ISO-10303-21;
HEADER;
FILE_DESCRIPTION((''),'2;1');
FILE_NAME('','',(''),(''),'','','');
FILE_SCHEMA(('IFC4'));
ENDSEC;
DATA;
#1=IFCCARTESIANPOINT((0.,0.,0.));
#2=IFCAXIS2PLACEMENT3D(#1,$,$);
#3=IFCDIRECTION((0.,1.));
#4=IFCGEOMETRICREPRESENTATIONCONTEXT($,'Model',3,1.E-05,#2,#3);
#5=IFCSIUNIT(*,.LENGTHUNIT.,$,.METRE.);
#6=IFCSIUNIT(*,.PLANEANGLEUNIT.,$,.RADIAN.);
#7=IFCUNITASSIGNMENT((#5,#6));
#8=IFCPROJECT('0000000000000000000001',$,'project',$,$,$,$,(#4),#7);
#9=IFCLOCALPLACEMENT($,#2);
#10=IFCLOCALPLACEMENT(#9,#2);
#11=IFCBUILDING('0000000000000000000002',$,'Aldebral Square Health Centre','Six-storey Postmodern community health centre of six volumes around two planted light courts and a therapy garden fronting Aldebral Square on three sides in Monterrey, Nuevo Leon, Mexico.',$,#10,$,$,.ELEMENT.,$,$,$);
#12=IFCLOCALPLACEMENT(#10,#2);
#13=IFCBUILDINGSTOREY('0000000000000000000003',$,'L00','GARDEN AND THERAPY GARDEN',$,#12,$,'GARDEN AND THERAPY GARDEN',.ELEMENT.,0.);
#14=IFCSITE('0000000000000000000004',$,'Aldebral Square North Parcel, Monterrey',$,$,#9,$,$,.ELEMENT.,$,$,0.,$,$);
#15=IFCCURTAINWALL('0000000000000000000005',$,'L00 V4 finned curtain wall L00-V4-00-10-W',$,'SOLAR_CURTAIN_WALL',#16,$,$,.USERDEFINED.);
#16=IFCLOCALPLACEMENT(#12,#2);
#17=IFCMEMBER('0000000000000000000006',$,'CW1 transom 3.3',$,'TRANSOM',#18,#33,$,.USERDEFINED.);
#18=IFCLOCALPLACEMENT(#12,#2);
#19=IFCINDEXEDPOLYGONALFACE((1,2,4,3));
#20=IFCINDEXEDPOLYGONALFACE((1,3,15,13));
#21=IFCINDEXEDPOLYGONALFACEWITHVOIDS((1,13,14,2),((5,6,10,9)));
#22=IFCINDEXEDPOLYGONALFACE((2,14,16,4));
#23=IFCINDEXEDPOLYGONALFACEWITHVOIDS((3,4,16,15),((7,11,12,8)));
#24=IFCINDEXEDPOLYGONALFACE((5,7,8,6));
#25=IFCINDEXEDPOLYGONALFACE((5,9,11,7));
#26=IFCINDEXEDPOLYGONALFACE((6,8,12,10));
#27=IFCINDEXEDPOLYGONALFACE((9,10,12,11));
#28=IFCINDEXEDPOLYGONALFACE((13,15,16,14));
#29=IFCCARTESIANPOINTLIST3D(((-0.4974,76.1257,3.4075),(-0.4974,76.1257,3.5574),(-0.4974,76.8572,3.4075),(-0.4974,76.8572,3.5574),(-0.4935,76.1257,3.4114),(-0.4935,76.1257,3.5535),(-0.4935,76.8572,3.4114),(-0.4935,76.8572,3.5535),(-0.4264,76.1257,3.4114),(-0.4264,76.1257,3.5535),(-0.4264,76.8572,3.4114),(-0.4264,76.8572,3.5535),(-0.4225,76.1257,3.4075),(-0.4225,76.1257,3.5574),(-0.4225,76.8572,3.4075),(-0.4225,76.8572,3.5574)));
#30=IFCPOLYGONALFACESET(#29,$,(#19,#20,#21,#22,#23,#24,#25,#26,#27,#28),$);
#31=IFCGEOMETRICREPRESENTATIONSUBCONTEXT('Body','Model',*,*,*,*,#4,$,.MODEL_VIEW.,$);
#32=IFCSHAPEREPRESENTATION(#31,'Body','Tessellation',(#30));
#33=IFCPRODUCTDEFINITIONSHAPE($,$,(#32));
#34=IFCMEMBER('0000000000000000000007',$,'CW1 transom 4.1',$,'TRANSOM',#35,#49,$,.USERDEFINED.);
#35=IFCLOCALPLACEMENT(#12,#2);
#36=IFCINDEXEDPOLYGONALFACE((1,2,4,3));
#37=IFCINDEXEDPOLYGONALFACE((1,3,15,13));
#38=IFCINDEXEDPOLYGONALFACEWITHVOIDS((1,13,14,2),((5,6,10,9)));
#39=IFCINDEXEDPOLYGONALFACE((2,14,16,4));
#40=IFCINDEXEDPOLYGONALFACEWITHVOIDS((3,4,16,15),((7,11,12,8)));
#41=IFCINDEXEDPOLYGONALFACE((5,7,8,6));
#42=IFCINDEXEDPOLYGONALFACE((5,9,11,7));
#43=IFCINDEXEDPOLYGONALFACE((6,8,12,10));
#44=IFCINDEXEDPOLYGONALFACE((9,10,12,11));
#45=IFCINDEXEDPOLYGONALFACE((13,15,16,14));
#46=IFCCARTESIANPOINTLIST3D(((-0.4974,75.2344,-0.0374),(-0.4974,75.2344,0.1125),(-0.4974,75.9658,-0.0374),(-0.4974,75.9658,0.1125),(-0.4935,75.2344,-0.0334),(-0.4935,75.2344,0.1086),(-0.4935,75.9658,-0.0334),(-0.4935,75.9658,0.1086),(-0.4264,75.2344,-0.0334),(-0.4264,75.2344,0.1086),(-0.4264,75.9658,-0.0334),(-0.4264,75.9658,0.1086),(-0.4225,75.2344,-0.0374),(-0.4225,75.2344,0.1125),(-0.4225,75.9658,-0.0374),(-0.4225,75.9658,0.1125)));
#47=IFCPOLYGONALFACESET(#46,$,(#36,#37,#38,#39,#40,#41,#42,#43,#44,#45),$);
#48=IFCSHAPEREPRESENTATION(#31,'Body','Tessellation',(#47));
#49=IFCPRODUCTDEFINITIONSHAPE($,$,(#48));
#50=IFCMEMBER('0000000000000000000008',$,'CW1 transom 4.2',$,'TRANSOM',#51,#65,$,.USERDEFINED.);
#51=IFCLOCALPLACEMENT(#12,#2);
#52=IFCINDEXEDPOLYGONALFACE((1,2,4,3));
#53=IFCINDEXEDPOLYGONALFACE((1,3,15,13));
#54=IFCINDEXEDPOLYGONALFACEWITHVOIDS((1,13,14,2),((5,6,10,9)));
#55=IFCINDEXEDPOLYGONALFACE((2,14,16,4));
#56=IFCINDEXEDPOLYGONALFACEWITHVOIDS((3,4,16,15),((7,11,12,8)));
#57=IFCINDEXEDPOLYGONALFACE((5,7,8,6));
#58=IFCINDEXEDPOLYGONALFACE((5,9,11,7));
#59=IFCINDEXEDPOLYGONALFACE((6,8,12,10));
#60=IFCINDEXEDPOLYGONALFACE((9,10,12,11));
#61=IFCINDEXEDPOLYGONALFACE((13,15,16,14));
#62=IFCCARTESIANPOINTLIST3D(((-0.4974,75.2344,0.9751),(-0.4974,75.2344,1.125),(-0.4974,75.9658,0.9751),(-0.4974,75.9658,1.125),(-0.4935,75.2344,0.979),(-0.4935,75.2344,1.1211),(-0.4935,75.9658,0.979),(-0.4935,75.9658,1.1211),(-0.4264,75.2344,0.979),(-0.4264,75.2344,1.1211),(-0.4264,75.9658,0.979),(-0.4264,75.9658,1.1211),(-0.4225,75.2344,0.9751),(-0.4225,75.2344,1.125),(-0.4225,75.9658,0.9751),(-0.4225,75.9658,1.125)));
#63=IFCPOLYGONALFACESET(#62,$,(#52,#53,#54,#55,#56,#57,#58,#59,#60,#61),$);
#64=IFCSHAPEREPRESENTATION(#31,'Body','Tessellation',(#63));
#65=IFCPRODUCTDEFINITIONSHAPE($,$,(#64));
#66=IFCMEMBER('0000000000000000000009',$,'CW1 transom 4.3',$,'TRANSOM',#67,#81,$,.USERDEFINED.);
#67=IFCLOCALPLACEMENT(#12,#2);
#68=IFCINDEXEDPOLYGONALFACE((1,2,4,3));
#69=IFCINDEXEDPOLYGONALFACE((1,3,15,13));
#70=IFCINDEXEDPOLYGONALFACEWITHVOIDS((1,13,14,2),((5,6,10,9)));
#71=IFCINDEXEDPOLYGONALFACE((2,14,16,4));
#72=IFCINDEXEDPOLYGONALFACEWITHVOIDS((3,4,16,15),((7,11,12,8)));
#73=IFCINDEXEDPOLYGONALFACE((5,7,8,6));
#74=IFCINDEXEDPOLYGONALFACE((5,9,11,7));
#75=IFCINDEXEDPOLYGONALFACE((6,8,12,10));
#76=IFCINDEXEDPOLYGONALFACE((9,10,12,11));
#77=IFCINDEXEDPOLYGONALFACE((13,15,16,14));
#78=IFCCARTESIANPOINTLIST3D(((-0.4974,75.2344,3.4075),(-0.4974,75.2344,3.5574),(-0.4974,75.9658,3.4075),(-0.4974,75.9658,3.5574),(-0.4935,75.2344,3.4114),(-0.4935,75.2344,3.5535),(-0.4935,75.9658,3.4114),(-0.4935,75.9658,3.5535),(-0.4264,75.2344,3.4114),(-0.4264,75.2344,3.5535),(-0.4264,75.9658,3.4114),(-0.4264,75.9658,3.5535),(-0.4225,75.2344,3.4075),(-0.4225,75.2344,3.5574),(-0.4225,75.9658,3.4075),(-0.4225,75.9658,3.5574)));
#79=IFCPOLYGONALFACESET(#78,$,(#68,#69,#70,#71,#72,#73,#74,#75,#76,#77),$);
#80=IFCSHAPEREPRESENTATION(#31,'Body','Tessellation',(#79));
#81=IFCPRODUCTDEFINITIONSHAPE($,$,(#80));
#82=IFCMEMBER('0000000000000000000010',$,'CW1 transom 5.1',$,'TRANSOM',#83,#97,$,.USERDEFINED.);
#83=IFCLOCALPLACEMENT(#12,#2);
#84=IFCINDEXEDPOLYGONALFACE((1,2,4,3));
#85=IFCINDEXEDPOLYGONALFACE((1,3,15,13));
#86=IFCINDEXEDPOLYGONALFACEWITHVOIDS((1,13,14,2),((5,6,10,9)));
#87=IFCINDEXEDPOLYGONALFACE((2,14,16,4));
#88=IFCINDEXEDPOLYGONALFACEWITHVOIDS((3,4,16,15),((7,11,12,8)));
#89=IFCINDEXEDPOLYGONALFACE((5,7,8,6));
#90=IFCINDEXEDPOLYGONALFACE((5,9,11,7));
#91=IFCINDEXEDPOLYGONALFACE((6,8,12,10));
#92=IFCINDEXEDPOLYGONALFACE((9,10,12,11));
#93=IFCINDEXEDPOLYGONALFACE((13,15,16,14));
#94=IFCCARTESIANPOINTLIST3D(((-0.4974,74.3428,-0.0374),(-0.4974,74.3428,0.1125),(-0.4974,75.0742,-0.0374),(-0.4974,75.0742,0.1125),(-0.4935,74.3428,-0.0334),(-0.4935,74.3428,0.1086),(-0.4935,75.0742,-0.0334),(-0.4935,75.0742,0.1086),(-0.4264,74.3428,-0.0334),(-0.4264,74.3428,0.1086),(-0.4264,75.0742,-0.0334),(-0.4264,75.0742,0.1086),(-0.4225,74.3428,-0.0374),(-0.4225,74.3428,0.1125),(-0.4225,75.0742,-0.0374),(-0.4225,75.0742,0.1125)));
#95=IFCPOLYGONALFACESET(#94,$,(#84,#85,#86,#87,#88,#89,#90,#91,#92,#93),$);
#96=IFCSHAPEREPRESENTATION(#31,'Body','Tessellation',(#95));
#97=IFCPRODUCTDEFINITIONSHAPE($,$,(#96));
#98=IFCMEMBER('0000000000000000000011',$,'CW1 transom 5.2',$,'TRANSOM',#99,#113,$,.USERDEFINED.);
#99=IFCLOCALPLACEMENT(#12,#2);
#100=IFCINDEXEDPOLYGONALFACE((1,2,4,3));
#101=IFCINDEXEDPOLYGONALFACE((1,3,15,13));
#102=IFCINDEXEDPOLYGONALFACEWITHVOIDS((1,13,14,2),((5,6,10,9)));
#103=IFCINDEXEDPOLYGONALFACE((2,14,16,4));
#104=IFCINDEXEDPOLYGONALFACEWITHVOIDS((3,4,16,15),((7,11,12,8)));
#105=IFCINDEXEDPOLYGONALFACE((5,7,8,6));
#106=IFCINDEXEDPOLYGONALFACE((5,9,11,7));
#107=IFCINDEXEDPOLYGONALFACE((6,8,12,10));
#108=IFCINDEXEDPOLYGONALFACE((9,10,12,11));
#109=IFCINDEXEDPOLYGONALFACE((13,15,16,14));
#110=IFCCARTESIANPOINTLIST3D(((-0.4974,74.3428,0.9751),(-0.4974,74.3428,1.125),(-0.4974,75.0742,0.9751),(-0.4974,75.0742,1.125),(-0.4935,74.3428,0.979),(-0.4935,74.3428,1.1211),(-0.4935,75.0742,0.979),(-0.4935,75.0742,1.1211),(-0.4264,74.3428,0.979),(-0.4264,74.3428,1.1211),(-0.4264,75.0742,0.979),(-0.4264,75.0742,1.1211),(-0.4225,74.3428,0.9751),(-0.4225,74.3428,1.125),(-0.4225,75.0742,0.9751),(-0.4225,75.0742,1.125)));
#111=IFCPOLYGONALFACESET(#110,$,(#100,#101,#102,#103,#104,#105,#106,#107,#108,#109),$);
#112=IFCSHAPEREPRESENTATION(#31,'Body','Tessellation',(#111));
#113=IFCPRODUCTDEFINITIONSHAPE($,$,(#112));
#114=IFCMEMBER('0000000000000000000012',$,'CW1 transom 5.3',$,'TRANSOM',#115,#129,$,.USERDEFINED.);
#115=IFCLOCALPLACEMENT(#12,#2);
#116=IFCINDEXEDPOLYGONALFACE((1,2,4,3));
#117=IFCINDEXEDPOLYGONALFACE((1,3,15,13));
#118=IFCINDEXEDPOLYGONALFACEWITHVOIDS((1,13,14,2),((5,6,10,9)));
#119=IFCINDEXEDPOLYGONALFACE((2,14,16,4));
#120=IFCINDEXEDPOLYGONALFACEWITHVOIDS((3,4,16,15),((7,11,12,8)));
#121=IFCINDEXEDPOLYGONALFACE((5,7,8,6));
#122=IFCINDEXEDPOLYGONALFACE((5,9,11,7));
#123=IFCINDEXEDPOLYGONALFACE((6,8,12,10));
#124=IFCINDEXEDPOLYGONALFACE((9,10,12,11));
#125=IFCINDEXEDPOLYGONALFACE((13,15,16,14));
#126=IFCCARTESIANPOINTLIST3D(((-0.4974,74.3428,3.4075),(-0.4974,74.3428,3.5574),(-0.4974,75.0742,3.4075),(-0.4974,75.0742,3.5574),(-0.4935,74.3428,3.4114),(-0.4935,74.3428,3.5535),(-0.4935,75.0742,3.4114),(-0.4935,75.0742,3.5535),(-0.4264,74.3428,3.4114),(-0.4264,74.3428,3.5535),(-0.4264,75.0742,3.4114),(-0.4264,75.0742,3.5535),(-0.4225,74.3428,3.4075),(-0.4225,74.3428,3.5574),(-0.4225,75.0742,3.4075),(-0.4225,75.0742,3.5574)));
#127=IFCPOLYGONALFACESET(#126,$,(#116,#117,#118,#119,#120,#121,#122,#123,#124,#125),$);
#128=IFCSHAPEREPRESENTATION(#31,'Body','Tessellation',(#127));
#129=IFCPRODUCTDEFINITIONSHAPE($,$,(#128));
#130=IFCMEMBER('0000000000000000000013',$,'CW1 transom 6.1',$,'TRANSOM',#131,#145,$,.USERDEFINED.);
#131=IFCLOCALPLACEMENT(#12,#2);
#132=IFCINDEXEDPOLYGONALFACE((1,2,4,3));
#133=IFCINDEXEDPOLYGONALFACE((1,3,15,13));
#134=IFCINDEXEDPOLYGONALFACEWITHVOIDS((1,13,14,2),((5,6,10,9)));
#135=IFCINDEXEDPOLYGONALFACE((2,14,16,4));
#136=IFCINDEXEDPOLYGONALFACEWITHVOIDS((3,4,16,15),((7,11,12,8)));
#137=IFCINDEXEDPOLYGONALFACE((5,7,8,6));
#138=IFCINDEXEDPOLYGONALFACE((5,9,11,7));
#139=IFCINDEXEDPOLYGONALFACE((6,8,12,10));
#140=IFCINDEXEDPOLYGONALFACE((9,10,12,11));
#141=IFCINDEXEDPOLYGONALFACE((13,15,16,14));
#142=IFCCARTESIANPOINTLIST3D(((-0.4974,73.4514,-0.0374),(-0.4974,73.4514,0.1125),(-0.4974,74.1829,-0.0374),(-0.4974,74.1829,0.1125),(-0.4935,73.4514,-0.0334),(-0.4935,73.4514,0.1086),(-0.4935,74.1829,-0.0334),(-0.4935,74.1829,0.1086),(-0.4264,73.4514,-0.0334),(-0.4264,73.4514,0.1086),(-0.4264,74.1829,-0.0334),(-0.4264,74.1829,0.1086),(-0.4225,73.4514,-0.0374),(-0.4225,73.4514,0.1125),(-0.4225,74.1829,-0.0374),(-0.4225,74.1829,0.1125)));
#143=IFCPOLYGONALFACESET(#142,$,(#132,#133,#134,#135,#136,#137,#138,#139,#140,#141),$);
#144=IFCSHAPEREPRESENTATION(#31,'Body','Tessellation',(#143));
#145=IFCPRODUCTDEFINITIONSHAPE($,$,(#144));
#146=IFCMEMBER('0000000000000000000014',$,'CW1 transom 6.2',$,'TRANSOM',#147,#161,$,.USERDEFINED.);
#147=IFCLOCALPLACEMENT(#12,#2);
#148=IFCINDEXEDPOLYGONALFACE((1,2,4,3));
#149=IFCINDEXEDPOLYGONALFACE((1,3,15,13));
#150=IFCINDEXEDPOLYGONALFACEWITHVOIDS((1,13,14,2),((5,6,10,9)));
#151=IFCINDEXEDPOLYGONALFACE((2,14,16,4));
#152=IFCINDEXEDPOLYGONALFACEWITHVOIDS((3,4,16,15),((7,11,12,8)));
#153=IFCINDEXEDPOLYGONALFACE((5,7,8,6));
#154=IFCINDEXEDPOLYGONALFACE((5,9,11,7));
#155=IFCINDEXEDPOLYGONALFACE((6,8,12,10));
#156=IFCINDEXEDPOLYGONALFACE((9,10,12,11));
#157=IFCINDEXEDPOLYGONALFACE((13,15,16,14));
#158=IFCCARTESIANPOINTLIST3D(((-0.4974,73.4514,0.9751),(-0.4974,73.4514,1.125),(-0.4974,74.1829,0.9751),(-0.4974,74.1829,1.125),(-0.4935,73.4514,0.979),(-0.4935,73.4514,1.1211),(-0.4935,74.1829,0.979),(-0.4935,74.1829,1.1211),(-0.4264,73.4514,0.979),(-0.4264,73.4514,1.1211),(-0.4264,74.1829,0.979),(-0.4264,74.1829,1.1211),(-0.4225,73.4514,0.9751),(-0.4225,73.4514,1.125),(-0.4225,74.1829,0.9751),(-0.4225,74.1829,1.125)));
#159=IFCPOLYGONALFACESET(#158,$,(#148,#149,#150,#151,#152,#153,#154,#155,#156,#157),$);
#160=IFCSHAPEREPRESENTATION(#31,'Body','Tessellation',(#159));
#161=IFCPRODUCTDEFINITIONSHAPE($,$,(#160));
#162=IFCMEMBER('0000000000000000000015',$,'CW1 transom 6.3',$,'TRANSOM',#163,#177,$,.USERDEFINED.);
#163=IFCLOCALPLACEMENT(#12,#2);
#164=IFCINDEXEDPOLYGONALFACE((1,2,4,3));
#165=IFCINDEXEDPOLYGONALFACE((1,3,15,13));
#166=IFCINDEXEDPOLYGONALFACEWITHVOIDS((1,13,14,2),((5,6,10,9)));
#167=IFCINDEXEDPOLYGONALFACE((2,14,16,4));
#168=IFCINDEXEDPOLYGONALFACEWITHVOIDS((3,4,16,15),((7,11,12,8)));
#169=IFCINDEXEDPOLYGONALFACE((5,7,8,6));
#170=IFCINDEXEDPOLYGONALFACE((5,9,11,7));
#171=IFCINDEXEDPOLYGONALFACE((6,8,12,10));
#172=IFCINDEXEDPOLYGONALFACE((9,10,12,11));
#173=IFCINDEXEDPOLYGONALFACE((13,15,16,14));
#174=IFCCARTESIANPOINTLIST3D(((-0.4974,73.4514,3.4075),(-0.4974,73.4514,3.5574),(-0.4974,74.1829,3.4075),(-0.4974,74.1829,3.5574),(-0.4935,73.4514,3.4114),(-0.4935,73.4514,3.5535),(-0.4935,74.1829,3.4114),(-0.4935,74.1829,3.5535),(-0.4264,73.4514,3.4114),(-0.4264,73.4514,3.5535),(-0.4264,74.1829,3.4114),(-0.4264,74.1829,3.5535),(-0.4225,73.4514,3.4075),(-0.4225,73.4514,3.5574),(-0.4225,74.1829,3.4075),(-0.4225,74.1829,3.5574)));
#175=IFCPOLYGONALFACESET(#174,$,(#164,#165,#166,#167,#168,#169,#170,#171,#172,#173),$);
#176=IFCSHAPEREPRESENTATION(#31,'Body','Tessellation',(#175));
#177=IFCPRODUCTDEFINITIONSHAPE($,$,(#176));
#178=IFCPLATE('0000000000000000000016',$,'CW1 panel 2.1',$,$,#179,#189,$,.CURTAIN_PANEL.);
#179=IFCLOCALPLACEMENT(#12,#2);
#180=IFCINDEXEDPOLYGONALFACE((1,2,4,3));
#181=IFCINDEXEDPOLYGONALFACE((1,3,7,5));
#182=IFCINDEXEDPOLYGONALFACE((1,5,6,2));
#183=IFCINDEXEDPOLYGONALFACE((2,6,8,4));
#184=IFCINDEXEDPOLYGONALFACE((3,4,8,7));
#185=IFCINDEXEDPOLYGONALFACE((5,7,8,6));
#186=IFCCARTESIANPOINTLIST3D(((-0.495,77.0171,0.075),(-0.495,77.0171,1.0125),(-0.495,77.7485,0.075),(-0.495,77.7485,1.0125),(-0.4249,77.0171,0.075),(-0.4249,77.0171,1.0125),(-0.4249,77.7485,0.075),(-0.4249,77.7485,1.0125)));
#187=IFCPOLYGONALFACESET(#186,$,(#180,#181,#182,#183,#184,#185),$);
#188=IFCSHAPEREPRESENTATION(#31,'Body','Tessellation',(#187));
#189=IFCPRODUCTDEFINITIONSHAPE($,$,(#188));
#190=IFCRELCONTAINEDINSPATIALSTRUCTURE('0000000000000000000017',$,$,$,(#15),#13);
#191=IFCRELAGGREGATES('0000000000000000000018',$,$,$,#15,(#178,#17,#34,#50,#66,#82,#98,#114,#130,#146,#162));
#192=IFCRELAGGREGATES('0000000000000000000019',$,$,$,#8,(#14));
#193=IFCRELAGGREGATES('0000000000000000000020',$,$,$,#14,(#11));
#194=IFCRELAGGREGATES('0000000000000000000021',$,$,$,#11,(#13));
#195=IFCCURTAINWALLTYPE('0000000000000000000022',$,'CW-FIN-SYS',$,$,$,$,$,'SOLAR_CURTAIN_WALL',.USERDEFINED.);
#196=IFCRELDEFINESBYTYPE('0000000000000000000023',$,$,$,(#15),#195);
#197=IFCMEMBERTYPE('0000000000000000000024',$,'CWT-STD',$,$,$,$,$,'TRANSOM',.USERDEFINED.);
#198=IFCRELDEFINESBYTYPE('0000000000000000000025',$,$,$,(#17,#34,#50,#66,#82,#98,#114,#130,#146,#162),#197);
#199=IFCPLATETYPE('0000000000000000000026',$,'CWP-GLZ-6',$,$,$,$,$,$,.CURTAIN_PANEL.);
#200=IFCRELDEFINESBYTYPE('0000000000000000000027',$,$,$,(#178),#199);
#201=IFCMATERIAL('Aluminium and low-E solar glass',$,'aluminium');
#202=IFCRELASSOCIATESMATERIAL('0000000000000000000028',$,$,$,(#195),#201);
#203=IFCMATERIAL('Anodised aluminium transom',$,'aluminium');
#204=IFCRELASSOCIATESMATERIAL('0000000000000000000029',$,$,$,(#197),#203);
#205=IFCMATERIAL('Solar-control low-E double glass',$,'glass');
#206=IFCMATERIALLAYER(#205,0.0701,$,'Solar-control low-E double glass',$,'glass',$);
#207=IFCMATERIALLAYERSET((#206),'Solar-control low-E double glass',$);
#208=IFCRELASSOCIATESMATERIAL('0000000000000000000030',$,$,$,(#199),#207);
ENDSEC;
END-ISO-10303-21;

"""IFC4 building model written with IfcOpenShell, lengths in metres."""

from ifc_helpers import new_model, si_unit, direction, frame, origin, origin_2d, place, context, subcontext, project, spatial, rectangle, hollow_rectangle, extrude, material, layer, layer_set, material_profile, profile_set, type_object, element, aggregate, save


model = new_model("IFC4")

# Units and contexts
model_context = context("Model", 3, precision=1e-05, world=origin(), true_north=direction((0.0, 1.0)))
body_context = subcontext(model_context, "Body", "Model", "MODEL_VIEW")
ifc_project = project(units=[si_unit("LENGTHUNIT", "METRE"), si_unit("PLANEANGLEUNIT", "RADIAN")], contexts=[model_context])

# Site, building, storey
site_placement = place(None, origin())
site = spatial("IfcSite", under=ifc_project, at=site_placement, Name="Aldebral Square North Parcel, Monterrey", CompositionType="ELEMENT", RefElevation=0.0)
building_placement = place(site_placement, origin())
building = spatial("IfcBuilding", under=site, at=building_placement, Name="Aldebral Square Health Centre", Description="Six-storey Postmodern community health centre of six volumes around two planted light courts and a therapy garden fronting Aldebral Square on three sides in Monterrey, Nuevo Leon, Mexico.", CompositionType="ELEMENT")
storey_placement = place(building_placement, origin())
storey = spatial("IfcBuildingStorey", under=building, at=storey_placement, Name="L00", Description="GARDEN AND THERAPY GARDEN", LongName="GARDEN AND THERAPY GARDEN", CompositionType="ELEMENT", Elevation=0.0)

# Curtain wall, members, plate
ifc_material_1 = material(Name="Aluminium and low-E solar glass", Category="aluminium")
curtain_wall_type = type_object("IfcCurtainWallType", Name="CW-FIN-SYS", ElementType="SOLAR_CURTAIN_WALL", PredefinedType="USERDEFINED", material=ifc_material_1)
curtain_wall_placement = place(storey_placement, origin())
curtain_wall = element("IfcCurtainWall", 1, at=curtain_wall_placement, inside=storey, type_object=curtain_wall_type, Name="L00 V4 finned curtain wall L00-V4-00-10-W", ObjectType="SOLAR_CURTAIN_WALL", PredefinedType="USERDEFINED")
ifc_material_2 = material(Name="Anodised aluminium transom", Category="aluminium")
ifc_material_profile_1 = material_profile(ifc_material_2, hollow_rectangle(XDim=0.075, YDim=0.1499, WallThickness=0.0039, at=origin_2d()), Name="CWT 75x150x4")
ifc_profile_set_1 = profile_set([ifc_material_profile_1], Name="Anodised aluminium transom")
member_type_1 = type_object("IfcMemberType", Name="CWT-STD", ElementType="TRANSOM", PredefinedType="USERDEFINED", material=ifc_profile_set_1)
member_1_placement = place(storey_placement, frame((-0.46, 76.8572, 3.4824), z_axis=(0.0, -1.0, 0.0), x_axis=(1.0, 0.0, 0.0)))
member_1 = element("IfcMember", 2, at=member_1_placement, type_object=member_type_1, Name="CW1 transom 3.3", ObjectType="TRANSOM", PredefinedType="USERDEFINED", context=body_context, shape_type="SweptSolid", body=[
    extrude(hollow_rectangle(XDim=0.075, YDim=0.1499, WallThickness=0.0039, at=origin_2d()), origin(), (0.0, 0.0, 1.0), 0.7314),
])
member_2_placement = place(storey_placement, frame((-0.46, 75.9658, 0.0376), z_axis=(0.0, -1.0, 0.0), x_axis=(1.0, 0.0, 0.0)))
member_2 = element("IfcMember", 3, at=member_2_placement, type_object=member_type_1, Name="CW1 transom 4.1", ObjectType="TRANSOM", PredefinedType="USERDEFINED", context=body_context, shape_type="SweptSolid", body=[
    extrude(hollow_rectangle(XDim=0.075, YDim=0.1499, WallThickness=0.0039, at=origin_2d()), origin(), (0.0, 0.0, 1.0), 0.7314),
])
member_3_placement = place(storey_placement, frame((-0.46, 75.9658, 1.05), z_axis=(0.0, -1.0, 0.0), x_axis=(1.0, 0.0, 0.0)))
member_3 = element("IfcMember", 4, at=member_3_placement, type_object=member_type_1, Name="CW1 transom 4.2", ObjectType="TRANSOM", PredefinedType="USERDEFINED", context=body_context, shape_type="SweptSolid", body=[
    extrude(hollow_rectangle(XDim=0.075, YDim=0.1499, WallThickness=0.0039, at=origin_2d()), origin(), (0.0, 0.0, 1.0), 0.7314),
])
member_4_placement = place(storey_placement, frame((-0.46, 75.9658, 3.4824), z_axis=(0.0, -1.0, 0.0), x_axis=(1.0, 0.0, 0.0)))
member_4 = element("IfcMember", 5, at=member_4_placement, type_object=member_type_1, Name="CW1 transom 4.3", ObjectType="TRANSOM", PredefinedType="USERDEFINED", context=body_context, shape_type="SweptSolid", body=[
    extrude(hollow_rectangle(XDim=0.075, YDim=0.1499, WallThickness=0.0039, at=origin_2d()), origin(), (0.0, 0.0, 1.0), 0.7314),
])
member_5_placement = place(storey_placement, frame((-0.46, 75.0742, 0.0376), z_axis=(0.0, -1.0, 0.0), x_axis=(1.0, 0.0, 0.0)))
member_5 = element("IfcMember", 6, at=member_5_placement, type_object=member_type_1, Name="CW1 transom 5.1", ObjectType="TRANSOM", PredefinedType="USERDEFINED", context=body_context, shape_type="SweptSolid", body=[
    extrude(hollow_rectangle(XDim=0.075, YDim=0.1499, WallThickness=0.0039, at=origin_2d()), origin(), (0.0, 0.0, 1.0), 0.7314),
])
member_6_placement = place(storey_placement, frame((-0.46, 75.0742, 1.05), z_axis=(0.0, -1.0, 0.0), x_axis=(1.0, 0.0, 0.0)))
member_6 = element("IfcMember", 7, at=member_6_placement, type_object=member_type_1, Name="CW1 transom 5.2", ObjectType="TRANSOM", PredefinedType="USERDEFINED", context=body_context, shape_type="SweptSolid", body=[
    extrude(hollow_rectangle(XDim=0.075, YDim=0.1499, WallThickness=0.0039, at=origin_2d()), origin(), (0.0, 0.0, 1.0), 0.7314),
])
member_7_placement = place(storey_placement, frame((-0.46, 75.0742, 3.4824), z_axis=(0.0, -1.0, 0.0), x_axis=(1.0, 0.0, 0.0)))
member_7 = element("IfcMember", 8, at=member_7_placement, type_object=member_type_1, Name="CW1 transom 5.3", ObjectType="TRANSOM", PredefinedType="USERDEFINED", context=body_context, shape_type="SweptSolid", body=[
    extrude(hollow_rectangle(XDim=0.075, YDim=0.1499, WallThickness=0.0039, at=origin_2d()), origin(), (0.0, 0.0, 1.0), 0.7314),
])
member_8_placement = place(storey_placement, frame((-0.46, 74.1829, 0.0376), z_axis=(0.0, -1.0, 0.0), x_axis=(1.0, 0.0, 0.0)))
member_8 = element("IfcMember", 9, at=member_8_placement, type_object=member_type_1, Name="CW1 transom 6.1", ObjectType="TRANSOM", PredefinedType="USERDEFINED", context=body_context, shape_type="SweptSolid", body=[
    extrude(hollow_rectangle(XDim=0.075, YDim=0.1499, WallThickness=0.0039, at=origin_2d()), origin(), (0.0, 0.0, 1.0), 0.7314),
])
member_9_placement = place(storey_placement, frame((-0.46, 74.1829, 1.05), z_axis=(0.0, -1.0, 0.0), x_axis=(1.0, 0.0, 0.0)))
member_9 = element("IfcMember", 10, at=member_9_placement, type_object=member_type_1, Name="CW1 transom 6.2", ObjectType="TRANSOM", PredefinedType="USERDEFINED", context=body_context, shape_type="SweptSolid", body=[
    extrude(hollow_rectangle(XDim=0.075, YDim=0.1499, WallThickness=0.0039, at=origin_2d()), origin(), (0.0, 0.0, 1.0), 0.7314),
])
member_10_placement = place(storey_placement, frame((-0.46, 74.1829, 3.4824), z_axis=(0.0, -1.0, 0.0), x_axis=(1.0, 0.0, 0.0)))
member_10 = element("IfcMember", 11, at=member_10_placement, type_object=member_type_1, Name="CW1 transom 6.3", ObjectType="TRANSOM", PredefinedType="USERDEFINED", context=body_context, shape_type="SweptSolid", body=[
    extrude(hollow_rectangle(XDim=0.075, YDim=0.1499, WallThickness=0.0039, at=origin_2d()), origin(), (0.0, 0.0, 1.0), 0.7314),
])
ifc_material_3 = material(Name="Solar-control low-E double glass", Category="glass")
ifc_layer = layer(ifc_material_3, 0.0701, Name="Solar-control low-E double glass", Category="glass")
ifc_layer_set = layer_set([ifc_layer], Name="Solar-control low-E double glass")
plate_type = type_object("IfcPlateType", Name="CWP-GLZ-6", PredefinedType="CURTAIN_PANEL", material=ifc_layer_set)
plate_1_placement = place(storey_placement, frame((-0.46, 77.3828, 0.075), z_axis=(0.0, 0.0, 1.0), x_axis=(0.0, -1.0, 0.0)))
plate_1 = element("IfcPlate", 12, at=plate_1_placement, type_object=plate_type, Name="CW1 panel 2.1", PredefinedType="CURTAIN_PANEL", context=body_context, shape_type="SweptSolid", body=[
    extrude(rectangle(XDim=0.7314, YDim=0.0701, at=origin_2d()), origin(), (0.0, 0.0, 1.0), 0.9375),
])
aggregate(curtain_wall, [plate_1, member_1, member_2, member_3, member_4, member_5, member_6, member_7, member_8, member_9, member_10])

save(model, "model.ifc")
